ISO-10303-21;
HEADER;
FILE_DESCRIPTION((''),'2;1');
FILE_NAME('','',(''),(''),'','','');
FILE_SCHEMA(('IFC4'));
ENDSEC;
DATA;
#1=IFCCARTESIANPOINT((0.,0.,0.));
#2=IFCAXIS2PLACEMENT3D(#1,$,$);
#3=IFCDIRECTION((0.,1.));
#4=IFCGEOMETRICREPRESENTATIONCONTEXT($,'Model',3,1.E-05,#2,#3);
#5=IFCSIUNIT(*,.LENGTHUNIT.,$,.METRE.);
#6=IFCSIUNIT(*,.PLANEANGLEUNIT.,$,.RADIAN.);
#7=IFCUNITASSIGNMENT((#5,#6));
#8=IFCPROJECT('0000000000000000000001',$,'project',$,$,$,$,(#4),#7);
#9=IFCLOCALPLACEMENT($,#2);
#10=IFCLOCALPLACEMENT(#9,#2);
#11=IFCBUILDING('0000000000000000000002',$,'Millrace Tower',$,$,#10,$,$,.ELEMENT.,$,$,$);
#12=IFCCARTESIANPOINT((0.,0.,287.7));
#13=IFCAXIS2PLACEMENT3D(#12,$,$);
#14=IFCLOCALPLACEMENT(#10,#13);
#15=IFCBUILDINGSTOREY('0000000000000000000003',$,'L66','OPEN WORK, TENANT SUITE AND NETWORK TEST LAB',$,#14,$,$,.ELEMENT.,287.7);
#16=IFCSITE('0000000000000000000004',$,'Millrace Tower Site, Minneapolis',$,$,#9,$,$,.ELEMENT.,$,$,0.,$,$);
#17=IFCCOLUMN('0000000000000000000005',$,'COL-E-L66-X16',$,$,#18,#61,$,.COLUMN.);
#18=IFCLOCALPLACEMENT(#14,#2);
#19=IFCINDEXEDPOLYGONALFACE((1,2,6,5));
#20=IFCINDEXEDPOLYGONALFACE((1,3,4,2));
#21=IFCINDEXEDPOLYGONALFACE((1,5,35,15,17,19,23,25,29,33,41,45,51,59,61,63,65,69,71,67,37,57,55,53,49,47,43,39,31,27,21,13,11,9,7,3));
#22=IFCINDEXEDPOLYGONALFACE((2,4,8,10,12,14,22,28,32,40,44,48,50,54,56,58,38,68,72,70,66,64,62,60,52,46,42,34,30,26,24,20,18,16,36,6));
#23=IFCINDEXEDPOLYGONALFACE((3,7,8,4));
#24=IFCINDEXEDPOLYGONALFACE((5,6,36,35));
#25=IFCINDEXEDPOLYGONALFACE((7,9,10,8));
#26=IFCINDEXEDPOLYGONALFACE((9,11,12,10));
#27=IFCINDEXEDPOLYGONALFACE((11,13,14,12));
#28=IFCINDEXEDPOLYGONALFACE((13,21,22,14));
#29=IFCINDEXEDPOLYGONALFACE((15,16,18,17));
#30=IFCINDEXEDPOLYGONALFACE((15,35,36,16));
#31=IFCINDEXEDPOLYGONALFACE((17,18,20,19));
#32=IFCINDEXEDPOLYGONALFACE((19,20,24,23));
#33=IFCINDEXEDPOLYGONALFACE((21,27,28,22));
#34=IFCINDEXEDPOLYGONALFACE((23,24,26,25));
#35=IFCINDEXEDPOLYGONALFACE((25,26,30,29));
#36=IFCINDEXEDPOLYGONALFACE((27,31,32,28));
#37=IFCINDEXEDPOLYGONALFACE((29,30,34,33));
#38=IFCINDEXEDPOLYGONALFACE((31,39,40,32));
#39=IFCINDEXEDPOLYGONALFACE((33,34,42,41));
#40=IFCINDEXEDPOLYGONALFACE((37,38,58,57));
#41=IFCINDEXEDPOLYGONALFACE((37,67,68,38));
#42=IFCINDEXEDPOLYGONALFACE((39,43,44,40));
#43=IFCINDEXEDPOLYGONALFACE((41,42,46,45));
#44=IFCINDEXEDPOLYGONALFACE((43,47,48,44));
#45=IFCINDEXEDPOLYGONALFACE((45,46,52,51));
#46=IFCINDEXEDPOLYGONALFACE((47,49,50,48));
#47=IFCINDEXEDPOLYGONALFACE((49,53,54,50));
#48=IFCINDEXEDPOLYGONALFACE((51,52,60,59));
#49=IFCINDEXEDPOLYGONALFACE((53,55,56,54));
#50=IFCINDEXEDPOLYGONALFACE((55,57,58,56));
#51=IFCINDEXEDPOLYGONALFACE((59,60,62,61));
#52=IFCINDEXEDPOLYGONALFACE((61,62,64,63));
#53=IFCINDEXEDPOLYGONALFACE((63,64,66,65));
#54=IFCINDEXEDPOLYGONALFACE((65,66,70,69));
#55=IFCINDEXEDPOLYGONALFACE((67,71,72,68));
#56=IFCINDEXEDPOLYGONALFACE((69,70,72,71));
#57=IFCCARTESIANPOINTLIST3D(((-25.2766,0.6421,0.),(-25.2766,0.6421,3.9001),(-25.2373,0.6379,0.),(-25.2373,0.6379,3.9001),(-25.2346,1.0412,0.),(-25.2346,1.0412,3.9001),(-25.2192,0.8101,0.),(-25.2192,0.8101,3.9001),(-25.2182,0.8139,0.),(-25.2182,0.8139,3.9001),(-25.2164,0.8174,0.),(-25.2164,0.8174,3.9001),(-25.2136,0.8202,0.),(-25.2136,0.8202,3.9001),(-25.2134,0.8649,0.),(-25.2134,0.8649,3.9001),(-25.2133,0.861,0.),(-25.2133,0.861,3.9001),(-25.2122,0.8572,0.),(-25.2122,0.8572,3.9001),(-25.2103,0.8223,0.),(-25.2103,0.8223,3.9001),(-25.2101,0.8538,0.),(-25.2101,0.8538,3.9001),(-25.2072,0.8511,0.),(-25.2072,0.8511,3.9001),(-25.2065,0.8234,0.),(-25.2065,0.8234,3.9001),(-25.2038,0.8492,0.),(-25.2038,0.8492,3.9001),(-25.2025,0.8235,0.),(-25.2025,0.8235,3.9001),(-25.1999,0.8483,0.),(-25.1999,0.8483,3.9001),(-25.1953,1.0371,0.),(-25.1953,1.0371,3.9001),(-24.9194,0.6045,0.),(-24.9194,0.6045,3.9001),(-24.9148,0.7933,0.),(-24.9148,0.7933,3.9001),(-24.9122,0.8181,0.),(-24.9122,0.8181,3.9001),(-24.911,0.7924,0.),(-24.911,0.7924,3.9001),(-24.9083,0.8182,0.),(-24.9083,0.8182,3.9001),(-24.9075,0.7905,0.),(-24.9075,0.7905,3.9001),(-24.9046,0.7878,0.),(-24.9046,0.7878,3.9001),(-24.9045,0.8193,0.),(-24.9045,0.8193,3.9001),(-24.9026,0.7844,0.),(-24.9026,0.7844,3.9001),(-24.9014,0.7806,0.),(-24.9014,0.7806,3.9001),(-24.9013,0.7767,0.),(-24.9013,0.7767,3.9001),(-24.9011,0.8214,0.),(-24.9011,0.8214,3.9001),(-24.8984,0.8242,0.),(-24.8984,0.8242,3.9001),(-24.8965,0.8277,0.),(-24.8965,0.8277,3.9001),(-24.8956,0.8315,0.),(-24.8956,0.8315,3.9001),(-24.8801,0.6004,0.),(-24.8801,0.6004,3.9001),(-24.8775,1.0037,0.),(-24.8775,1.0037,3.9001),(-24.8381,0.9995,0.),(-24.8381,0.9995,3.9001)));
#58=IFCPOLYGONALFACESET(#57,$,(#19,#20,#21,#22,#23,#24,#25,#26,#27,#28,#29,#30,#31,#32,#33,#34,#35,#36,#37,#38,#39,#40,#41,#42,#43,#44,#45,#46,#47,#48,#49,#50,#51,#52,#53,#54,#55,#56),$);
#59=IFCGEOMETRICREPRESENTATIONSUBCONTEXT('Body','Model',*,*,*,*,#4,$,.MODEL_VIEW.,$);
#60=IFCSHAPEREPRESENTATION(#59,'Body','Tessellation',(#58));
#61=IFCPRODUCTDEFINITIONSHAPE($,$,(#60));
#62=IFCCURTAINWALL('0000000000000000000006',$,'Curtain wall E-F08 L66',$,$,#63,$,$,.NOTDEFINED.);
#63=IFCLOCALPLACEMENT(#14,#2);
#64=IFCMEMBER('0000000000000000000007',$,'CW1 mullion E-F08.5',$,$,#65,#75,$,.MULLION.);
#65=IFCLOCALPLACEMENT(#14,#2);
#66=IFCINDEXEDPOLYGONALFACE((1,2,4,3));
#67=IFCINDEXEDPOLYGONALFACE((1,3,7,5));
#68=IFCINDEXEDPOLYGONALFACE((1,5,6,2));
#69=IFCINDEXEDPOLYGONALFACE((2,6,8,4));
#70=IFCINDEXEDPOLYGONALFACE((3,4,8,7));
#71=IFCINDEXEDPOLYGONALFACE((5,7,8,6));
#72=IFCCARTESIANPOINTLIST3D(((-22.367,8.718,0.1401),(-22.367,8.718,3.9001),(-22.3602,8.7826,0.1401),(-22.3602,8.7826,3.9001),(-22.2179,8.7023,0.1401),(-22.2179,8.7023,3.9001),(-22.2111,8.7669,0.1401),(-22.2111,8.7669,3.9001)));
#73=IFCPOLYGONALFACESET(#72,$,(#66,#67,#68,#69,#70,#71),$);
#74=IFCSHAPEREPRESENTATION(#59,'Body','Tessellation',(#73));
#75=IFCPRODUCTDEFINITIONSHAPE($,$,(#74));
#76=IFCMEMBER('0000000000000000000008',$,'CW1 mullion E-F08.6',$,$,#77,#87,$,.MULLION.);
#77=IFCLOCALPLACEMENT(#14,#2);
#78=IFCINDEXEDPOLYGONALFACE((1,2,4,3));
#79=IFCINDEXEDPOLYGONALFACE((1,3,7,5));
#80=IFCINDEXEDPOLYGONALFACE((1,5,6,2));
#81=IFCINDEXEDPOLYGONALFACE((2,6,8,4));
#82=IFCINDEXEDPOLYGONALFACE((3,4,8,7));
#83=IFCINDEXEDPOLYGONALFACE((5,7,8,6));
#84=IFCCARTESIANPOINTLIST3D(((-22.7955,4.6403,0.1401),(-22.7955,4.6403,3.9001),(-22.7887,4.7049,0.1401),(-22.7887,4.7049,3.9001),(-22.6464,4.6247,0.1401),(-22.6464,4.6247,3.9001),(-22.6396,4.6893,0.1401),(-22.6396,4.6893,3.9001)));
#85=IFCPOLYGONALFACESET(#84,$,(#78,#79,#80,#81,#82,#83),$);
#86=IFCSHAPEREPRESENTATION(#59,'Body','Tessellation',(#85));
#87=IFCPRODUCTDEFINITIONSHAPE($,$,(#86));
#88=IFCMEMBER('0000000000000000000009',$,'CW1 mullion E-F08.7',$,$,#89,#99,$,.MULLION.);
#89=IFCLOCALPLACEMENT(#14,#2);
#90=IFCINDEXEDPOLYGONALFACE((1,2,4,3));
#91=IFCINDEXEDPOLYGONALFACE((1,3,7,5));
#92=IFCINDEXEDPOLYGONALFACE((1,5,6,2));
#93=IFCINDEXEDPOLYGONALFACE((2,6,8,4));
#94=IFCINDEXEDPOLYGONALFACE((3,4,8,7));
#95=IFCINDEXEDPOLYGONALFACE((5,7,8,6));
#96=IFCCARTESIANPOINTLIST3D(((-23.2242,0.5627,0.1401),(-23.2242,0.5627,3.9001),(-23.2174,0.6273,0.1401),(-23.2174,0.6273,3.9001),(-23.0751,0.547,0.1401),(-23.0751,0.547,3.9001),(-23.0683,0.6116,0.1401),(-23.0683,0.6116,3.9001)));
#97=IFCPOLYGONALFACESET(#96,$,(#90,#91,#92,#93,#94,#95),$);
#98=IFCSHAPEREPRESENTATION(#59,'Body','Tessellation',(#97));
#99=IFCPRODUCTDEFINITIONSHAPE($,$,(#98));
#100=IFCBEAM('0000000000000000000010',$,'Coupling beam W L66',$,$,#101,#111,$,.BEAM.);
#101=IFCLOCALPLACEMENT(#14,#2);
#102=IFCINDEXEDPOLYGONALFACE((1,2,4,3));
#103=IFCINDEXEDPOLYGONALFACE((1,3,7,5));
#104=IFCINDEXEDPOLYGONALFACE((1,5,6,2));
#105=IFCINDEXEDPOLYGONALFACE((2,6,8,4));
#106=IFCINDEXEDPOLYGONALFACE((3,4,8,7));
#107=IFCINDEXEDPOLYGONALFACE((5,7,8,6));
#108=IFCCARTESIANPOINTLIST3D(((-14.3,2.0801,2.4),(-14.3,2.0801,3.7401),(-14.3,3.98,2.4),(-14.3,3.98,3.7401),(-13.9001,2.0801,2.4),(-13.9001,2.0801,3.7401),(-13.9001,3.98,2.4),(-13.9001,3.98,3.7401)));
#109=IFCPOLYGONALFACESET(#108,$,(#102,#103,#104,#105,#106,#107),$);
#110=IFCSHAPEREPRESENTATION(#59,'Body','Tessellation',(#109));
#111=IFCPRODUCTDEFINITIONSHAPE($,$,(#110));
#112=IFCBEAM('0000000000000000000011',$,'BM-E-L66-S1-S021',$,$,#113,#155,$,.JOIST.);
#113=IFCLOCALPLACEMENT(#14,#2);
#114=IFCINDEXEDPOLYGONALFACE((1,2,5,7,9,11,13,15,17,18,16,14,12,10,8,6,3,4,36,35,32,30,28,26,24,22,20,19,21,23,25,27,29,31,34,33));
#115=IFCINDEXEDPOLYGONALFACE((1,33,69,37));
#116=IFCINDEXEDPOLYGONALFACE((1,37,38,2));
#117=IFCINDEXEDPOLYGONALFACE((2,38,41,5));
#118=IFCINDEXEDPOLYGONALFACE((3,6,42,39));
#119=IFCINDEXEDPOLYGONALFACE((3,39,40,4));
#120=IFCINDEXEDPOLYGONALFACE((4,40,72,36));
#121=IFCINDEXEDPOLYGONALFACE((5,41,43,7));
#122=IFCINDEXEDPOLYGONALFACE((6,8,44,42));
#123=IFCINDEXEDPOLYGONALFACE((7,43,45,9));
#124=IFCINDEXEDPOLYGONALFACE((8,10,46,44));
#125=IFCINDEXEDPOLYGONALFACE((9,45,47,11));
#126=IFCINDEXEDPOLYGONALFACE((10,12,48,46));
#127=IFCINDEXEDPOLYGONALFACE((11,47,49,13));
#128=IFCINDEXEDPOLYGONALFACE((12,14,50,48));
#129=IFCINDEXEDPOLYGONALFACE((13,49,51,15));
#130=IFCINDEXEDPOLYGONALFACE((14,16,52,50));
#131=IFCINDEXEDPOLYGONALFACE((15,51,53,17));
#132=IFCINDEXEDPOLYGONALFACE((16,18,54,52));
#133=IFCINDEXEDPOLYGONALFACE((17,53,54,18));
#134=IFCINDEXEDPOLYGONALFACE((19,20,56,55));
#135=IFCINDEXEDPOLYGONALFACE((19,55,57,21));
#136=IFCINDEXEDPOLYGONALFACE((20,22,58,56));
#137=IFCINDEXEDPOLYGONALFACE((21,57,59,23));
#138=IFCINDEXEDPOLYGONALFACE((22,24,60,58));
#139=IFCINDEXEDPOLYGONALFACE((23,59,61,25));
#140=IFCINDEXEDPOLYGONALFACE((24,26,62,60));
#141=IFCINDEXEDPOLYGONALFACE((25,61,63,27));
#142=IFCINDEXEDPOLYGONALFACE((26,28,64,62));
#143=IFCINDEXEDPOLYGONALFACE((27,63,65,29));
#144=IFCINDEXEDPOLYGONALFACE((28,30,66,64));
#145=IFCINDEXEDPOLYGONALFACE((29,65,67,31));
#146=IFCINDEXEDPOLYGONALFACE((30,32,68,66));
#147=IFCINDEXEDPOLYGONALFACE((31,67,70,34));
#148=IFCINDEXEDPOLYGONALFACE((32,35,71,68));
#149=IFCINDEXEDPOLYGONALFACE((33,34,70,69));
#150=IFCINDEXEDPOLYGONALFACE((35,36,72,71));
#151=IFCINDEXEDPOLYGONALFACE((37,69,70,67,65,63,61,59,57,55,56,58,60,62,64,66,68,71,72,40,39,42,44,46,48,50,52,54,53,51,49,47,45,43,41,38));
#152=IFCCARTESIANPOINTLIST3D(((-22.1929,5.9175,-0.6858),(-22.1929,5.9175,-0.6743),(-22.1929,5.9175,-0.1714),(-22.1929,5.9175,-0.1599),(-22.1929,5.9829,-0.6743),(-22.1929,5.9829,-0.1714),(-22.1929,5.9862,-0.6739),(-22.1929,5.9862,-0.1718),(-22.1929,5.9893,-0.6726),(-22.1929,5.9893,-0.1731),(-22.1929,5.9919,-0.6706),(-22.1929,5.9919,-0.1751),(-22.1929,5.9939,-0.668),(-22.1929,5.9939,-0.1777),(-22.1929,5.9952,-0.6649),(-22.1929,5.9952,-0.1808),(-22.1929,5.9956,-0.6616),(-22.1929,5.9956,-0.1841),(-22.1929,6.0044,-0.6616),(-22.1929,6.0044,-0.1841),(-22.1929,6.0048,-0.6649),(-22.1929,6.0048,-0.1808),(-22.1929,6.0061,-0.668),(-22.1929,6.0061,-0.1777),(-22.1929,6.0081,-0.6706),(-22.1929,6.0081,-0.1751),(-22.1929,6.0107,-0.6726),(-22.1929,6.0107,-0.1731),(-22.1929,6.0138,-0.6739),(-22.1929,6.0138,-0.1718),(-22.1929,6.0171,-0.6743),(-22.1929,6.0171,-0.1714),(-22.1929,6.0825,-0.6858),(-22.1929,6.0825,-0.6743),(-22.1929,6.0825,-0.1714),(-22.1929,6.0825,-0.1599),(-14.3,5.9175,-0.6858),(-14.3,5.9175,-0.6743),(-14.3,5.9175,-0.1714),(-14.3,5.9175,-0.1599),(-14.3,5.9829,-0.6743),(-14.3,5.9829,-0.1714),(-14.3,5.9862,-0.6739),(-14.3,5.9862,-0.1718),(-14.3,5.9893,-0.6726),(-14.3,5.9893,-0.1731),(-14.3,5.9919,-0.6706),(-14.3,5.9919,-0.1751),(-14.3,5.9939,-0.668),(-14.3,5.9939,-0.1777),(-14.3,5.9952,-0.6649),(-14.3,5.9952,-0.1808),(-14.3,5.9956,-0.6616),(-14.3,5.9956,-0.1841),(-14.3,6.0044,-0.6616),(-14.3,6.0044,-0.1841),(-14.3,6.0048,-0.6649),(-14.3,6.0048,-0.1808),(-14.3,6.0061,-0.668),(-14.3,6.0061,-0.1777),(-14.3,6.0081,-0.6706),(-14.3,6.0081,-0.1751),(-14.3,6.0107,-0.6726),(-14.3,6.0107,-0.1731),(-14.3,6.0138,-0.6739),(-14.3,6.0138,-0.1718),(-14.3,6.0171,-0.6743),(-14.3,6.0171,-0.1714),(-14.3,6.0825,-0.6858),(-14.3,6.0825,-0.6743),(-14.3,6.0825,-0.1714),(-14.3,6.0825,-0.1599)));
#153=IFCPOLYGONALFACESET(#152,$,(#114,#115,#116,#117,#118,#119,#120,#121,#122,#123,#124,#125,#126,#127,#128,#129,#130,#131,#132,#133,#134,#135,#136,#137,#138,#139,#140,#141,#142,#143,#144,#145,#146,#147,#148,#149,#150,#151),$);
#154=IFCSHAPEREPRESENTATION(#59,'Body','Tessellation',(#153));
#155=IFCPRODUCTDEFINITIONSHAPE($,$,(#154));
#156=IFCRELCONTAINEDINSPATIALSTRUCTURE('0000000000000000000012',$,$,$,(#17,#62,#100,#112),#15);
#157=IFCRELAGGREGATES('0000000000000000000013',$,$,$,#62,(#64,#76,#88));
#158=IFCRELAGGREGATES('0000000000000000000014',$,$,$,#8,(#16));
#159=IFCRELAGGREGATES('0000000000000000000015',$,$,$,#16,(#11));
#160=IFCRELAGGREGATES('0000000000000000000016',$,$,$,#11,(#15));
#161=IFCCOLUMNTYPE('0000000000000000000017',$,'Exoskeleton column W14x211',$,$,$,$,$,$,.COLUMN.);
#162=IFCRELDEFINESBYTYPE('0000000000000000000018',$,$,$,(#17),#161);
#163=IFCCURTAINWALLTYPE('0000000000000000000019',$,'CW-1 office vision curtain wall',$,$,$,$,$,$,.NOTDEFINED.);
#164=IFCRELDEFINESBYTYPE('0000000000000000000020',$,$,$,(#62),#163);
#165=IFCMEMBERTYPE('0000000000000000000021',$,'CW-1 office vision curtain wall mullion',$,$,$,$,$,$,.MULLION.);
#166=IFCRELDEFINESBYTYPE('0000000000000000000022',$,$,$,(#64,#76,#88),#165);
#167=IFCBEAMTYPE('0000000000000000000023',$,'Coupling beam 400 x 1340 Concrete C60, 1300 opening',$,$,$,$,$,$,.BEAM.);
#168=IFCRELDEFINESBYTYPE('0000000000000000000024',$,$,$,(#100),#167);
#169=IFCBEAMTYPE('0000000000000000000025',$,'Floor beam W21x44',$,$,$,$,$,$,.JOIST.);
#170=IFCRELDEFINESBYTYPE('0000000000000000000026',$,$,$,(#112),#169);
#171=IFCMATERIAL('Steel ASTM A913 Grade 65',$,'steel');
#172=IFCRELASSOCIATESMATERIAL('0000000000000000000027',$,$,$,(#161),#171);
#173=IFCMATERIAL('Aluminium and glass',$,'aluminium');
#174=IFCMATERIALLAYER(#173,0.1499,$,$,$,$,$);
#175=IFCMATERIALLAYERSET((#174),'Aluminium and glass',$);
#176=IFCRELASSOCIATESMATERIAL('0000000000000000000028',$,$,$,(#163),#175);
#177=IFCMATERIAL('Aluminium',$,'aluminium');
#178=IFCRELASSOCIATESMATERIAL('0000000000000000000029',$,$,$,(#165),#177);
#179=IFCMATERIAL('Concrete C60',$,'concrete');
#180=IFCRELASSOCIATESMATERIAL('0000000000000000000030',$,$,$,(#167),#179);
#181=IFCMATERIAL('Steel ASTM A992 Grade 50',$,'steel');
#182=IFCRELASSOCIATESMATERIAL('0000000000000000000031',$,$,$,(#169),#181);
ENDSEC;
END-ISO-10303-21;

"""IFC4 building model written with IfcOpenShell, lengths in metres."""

from ifc_helpers import new_model, si_unit, direction, frame, origin, origin_2d, place, context, subcontext, project, spatial, rectangle, i_section, extrude, material, layer, layer_set, material_profile, profile_set, type_object, element, aggregate, save


model = new_model("IFC4")

# Units and contexts
model_context = context("Model", 3, precision=1e-05, world=origin(), true_north=direction((0.0, 1.0)))
body_context = subcontext(model_context, "Body", "Model", "MODEL_VIEW")
ifc_project = project(units=[si_unit("LENGTHUNIT", "METRE"), si_unit("PLANEANGLEUNIT", "RADIAN")], contexts=[model_context])

# Site, building, storey
site_placement = place(None, origin())
site = spatial("IfcSite", under=ifc_project, at=site_placement, Name="Millrace Tower Site, Minneapolis", CompositionType="ELEMENT", RefElevation=0.0)
building_placement = place(site_placement, origin())
building = spatial("IfcBuilding", under=site, at=building_placement, Name="Millrace Tower", CompositionType="ELEMENT")
storey_placement = place(building_placement, frame((0.0, 0.0, 287.7)))
storey = spatial("IfcBuildingStorey", under=building, at=storey_placement, Name="L66", Description="OPEN WORK, TENANT SUITE AND NETWORK TEST LAB", CompositionType="ELEMENT", Elevation=287.7)

# Column
ifc_material_1 = material(Name="Steel ASTM A913 Grade 65", Category="steel")
ifc_material_profile_1 = material_profile(ifc_material_1, i_section(OverallWidth=0.4014, OverallDepth=0.3987, WebThickness=0.0249, FlangeThickness=0.0396, FilletRadius=0.0151, at=origin_2d()))
ifc_profile_set_1 = profile_set([ifc_material_profile_1], Name="Steel ASTM A913 Grade 65")
column_type = type_object("IfcColumnType", Name="Exoskeleton column W14x211", PredefinedType="COLUMN", material=ifc_profile_set_1)
column_placement = place(storey_placement, frame((-25.0574, 0.8208, 0.0), z_axis=(0.0, 0.0, 1.0), x_axis=(-0.104528, -0.994522, 0.0)))
element("IfcColumn", 1, at=column_placement, inside=storey, type_object=column_type, Name="COL-E-L66-X16", PredefinedType="COLUMN", context=body_context, shape_type="SweptSolid", body=[
    extrude(i_section(OverallWidth=0.4014, OverallDepth=0.3987, WebThickness=0.0249, FlangeThickness=0.0396, FilletRadius=0.0151, at=origin_2d()), origin(), (0.0, 0.0, 1.0), 3.9001),
])

# Curtain wall, members
ifc_material_2 = material(Name="Aluminium and glass", Category="aluminium")
ifc_layer_1 = layer(ifc_material_2, 0.1499)
ifc_layer_set_1 = layer_set([ifc_layer_1], Name="Aluminium and glass")
curtain_wall_type = type_object("IfcCurtainWallType", Name="CW-1 office vision curtain wall", PredefinedType="NOTDEFINED", material=ifc_layer_set_1)
placement = place(storey_placement, origin())
curtain_wall = element("IfcCurtainWall", 2, at=placement, inside=storey, type_object=curtain_wall_type, Name="Curtain wall E-F08 L66", PredefinedType="NOTDEFINED")
ifc_material_3 = material(Name="Aluminium", Category="aluminium")
ifc_material_profile_2 = material_profile(ifc_material_3, rectangle(XDim=0.0649, YDim=0.1499, at=origin_2d()))
ifc_profile_set_2 = profile_set([ifc_material_profile_2], Name="Aluminium")
member_type = type_object("IfcMemberType", Name="CW-1 office vision curtain wall mullion", PredefinedType="MULLION", material=ifc_profile_set_2)
member_1_placement = place(storey_placement, frame((-22.2891, 8.7424, 0.1401), z_axis=(0.0, 0.0, 1.0), x_axis=(-0.104528, -0.994522, 0.0)))
member_1 = element("IfcMember", 3, at=member_1_placement, type_object=member_type, Name="CW1 mullion E-F08.5", PredefinedType="MULLION", context=body_context, shape_type="SweptSolid", body=[
    extrude(rectangle(XDim=0.0649, YDim=0.1499, at=origin_2d()), origin(), (0.0, 0.0, 1.0), 3.76),
])
member_2_placement = place(storey_placement, frame((-22.7175, 4.6648, 0.1401), z_axis=(0.0, 0.0, 1.0), x_axis=(-0.104528, -0.994522, 0.0)))
member_2 = element("IfcMember", 4, at=member_2_placement, type_object=member_type, Name="CW1 mullion E-F08.6", PredefinedType="MULLION", context=body_context, shape_type="SweptSolid", body=[
    extrude(rectangle(XDim=0.0649, YDim=0.1499, at=origin_2d()), origin(), (0.0, 0.0, 1.0), 3.76),
])
member_3_placement = place(storey_placement, frame((-23.1462, 0.5872, 0.1401), z_axis=(0.0, 0.0, 1.0), x_axis=(-0.104528, -0.994522, 0.0)))
member_3 = element("IfcMember", 5, at=member_3_placement, type_object=member_type, Name="CW1 mullion E-F08.7", PredefinedType="MULLION", context=body_context, shape_type="SweptSolid", body=[
    extrude(rectangle(XDim=0.0649, YDim=0.1499, at=origin_2d()), origin(), (0.0, 0.0, 1.0), 3.76),
])
aggregate(curtain_wall, [member_1, member_2, member_3])

# Beams
ifc_material_4 = material(Name="Concrete C60", Category="concrete")
ifc_material_profile_3 = material_profile(ifc_material_4, rectangle(XDim=0.3999, YDim=1.3401, at=origin_2d()))
ifc_profile_set_3 = profile_set([ifc_material_profile_3], Name="Concrete C60")
beam_type_1 = type_object("IfcBeamType", Name="Coupling beam 400 x 1340 Concrete C60, 1300 opening", PredefinedType="BEAM", material=ifc_profile_set_3)
beam_1_placement = place(storey_placement, frame((-14.1001, 2.0801, 3.0701), z_axis=(0.0, 1.0, 0.0), x_axis=(-1.0, 0.0, 0.0)))
element("IfcBeam", 6, at=beam_1_placement, inside=storey, type_object=beam_type_1, Name="Coupling beam W L66", PredefinedType="BEAM", context=body_context, shape_type="SweptSolid", body=[
    extrude(rectangle(XDim=0.3999, YDim=1.3401, at=origin_2d()), origin(), (0.0, 0.0, 1.0), 1.8999),
])
ifc_material_5 = material(Name="Steel ASTM A992 Grade 50", Category="steel")
ifc_material_profile_4 = material_profile(ifc_material_5, i_section(OverallWidth=0.165, OverallDepth=0.5259, WebThickness=0.0088, FlangeThickness=0.0115, FilletRadius=0.0127, at=origin_2d()))
ifc_profile_set_4 = profile_set([ifc_material_profile_4], Name="Steel ASTM A992 Grade 50")
beam_type_2 = type_object("IfcBeamType", Name="Floor beam W21x44", PredefinedType="JOIST", material=ifc_profile_set_4)
beam_2_placement = place(storey_placement, frame((-22.1929, 6.0, -0.4229), z_axis=(1.0, 0.0, 0.0), x_axis=(0.0, 1.0, 0.0)))
element("IfcBeam", 7, at=beam_2_placement, inside=storey, type_object=beam_type_2, Name="BM-E-L66-S1-S021", PredefinedType="JOIST", context=body_context, shape_type="SweptSolid", body=[
    extrude(i_section(OverallWidth=0.165, OverallDepth=0.5259, WebThickness=0.0088, FlangeThickness=0.0115, FilletRadius=0.0127, at=origin_2d()), origin(), (0.0, 0.0, 1.0), 7.8928),
])

save(model, "model.ifc")
